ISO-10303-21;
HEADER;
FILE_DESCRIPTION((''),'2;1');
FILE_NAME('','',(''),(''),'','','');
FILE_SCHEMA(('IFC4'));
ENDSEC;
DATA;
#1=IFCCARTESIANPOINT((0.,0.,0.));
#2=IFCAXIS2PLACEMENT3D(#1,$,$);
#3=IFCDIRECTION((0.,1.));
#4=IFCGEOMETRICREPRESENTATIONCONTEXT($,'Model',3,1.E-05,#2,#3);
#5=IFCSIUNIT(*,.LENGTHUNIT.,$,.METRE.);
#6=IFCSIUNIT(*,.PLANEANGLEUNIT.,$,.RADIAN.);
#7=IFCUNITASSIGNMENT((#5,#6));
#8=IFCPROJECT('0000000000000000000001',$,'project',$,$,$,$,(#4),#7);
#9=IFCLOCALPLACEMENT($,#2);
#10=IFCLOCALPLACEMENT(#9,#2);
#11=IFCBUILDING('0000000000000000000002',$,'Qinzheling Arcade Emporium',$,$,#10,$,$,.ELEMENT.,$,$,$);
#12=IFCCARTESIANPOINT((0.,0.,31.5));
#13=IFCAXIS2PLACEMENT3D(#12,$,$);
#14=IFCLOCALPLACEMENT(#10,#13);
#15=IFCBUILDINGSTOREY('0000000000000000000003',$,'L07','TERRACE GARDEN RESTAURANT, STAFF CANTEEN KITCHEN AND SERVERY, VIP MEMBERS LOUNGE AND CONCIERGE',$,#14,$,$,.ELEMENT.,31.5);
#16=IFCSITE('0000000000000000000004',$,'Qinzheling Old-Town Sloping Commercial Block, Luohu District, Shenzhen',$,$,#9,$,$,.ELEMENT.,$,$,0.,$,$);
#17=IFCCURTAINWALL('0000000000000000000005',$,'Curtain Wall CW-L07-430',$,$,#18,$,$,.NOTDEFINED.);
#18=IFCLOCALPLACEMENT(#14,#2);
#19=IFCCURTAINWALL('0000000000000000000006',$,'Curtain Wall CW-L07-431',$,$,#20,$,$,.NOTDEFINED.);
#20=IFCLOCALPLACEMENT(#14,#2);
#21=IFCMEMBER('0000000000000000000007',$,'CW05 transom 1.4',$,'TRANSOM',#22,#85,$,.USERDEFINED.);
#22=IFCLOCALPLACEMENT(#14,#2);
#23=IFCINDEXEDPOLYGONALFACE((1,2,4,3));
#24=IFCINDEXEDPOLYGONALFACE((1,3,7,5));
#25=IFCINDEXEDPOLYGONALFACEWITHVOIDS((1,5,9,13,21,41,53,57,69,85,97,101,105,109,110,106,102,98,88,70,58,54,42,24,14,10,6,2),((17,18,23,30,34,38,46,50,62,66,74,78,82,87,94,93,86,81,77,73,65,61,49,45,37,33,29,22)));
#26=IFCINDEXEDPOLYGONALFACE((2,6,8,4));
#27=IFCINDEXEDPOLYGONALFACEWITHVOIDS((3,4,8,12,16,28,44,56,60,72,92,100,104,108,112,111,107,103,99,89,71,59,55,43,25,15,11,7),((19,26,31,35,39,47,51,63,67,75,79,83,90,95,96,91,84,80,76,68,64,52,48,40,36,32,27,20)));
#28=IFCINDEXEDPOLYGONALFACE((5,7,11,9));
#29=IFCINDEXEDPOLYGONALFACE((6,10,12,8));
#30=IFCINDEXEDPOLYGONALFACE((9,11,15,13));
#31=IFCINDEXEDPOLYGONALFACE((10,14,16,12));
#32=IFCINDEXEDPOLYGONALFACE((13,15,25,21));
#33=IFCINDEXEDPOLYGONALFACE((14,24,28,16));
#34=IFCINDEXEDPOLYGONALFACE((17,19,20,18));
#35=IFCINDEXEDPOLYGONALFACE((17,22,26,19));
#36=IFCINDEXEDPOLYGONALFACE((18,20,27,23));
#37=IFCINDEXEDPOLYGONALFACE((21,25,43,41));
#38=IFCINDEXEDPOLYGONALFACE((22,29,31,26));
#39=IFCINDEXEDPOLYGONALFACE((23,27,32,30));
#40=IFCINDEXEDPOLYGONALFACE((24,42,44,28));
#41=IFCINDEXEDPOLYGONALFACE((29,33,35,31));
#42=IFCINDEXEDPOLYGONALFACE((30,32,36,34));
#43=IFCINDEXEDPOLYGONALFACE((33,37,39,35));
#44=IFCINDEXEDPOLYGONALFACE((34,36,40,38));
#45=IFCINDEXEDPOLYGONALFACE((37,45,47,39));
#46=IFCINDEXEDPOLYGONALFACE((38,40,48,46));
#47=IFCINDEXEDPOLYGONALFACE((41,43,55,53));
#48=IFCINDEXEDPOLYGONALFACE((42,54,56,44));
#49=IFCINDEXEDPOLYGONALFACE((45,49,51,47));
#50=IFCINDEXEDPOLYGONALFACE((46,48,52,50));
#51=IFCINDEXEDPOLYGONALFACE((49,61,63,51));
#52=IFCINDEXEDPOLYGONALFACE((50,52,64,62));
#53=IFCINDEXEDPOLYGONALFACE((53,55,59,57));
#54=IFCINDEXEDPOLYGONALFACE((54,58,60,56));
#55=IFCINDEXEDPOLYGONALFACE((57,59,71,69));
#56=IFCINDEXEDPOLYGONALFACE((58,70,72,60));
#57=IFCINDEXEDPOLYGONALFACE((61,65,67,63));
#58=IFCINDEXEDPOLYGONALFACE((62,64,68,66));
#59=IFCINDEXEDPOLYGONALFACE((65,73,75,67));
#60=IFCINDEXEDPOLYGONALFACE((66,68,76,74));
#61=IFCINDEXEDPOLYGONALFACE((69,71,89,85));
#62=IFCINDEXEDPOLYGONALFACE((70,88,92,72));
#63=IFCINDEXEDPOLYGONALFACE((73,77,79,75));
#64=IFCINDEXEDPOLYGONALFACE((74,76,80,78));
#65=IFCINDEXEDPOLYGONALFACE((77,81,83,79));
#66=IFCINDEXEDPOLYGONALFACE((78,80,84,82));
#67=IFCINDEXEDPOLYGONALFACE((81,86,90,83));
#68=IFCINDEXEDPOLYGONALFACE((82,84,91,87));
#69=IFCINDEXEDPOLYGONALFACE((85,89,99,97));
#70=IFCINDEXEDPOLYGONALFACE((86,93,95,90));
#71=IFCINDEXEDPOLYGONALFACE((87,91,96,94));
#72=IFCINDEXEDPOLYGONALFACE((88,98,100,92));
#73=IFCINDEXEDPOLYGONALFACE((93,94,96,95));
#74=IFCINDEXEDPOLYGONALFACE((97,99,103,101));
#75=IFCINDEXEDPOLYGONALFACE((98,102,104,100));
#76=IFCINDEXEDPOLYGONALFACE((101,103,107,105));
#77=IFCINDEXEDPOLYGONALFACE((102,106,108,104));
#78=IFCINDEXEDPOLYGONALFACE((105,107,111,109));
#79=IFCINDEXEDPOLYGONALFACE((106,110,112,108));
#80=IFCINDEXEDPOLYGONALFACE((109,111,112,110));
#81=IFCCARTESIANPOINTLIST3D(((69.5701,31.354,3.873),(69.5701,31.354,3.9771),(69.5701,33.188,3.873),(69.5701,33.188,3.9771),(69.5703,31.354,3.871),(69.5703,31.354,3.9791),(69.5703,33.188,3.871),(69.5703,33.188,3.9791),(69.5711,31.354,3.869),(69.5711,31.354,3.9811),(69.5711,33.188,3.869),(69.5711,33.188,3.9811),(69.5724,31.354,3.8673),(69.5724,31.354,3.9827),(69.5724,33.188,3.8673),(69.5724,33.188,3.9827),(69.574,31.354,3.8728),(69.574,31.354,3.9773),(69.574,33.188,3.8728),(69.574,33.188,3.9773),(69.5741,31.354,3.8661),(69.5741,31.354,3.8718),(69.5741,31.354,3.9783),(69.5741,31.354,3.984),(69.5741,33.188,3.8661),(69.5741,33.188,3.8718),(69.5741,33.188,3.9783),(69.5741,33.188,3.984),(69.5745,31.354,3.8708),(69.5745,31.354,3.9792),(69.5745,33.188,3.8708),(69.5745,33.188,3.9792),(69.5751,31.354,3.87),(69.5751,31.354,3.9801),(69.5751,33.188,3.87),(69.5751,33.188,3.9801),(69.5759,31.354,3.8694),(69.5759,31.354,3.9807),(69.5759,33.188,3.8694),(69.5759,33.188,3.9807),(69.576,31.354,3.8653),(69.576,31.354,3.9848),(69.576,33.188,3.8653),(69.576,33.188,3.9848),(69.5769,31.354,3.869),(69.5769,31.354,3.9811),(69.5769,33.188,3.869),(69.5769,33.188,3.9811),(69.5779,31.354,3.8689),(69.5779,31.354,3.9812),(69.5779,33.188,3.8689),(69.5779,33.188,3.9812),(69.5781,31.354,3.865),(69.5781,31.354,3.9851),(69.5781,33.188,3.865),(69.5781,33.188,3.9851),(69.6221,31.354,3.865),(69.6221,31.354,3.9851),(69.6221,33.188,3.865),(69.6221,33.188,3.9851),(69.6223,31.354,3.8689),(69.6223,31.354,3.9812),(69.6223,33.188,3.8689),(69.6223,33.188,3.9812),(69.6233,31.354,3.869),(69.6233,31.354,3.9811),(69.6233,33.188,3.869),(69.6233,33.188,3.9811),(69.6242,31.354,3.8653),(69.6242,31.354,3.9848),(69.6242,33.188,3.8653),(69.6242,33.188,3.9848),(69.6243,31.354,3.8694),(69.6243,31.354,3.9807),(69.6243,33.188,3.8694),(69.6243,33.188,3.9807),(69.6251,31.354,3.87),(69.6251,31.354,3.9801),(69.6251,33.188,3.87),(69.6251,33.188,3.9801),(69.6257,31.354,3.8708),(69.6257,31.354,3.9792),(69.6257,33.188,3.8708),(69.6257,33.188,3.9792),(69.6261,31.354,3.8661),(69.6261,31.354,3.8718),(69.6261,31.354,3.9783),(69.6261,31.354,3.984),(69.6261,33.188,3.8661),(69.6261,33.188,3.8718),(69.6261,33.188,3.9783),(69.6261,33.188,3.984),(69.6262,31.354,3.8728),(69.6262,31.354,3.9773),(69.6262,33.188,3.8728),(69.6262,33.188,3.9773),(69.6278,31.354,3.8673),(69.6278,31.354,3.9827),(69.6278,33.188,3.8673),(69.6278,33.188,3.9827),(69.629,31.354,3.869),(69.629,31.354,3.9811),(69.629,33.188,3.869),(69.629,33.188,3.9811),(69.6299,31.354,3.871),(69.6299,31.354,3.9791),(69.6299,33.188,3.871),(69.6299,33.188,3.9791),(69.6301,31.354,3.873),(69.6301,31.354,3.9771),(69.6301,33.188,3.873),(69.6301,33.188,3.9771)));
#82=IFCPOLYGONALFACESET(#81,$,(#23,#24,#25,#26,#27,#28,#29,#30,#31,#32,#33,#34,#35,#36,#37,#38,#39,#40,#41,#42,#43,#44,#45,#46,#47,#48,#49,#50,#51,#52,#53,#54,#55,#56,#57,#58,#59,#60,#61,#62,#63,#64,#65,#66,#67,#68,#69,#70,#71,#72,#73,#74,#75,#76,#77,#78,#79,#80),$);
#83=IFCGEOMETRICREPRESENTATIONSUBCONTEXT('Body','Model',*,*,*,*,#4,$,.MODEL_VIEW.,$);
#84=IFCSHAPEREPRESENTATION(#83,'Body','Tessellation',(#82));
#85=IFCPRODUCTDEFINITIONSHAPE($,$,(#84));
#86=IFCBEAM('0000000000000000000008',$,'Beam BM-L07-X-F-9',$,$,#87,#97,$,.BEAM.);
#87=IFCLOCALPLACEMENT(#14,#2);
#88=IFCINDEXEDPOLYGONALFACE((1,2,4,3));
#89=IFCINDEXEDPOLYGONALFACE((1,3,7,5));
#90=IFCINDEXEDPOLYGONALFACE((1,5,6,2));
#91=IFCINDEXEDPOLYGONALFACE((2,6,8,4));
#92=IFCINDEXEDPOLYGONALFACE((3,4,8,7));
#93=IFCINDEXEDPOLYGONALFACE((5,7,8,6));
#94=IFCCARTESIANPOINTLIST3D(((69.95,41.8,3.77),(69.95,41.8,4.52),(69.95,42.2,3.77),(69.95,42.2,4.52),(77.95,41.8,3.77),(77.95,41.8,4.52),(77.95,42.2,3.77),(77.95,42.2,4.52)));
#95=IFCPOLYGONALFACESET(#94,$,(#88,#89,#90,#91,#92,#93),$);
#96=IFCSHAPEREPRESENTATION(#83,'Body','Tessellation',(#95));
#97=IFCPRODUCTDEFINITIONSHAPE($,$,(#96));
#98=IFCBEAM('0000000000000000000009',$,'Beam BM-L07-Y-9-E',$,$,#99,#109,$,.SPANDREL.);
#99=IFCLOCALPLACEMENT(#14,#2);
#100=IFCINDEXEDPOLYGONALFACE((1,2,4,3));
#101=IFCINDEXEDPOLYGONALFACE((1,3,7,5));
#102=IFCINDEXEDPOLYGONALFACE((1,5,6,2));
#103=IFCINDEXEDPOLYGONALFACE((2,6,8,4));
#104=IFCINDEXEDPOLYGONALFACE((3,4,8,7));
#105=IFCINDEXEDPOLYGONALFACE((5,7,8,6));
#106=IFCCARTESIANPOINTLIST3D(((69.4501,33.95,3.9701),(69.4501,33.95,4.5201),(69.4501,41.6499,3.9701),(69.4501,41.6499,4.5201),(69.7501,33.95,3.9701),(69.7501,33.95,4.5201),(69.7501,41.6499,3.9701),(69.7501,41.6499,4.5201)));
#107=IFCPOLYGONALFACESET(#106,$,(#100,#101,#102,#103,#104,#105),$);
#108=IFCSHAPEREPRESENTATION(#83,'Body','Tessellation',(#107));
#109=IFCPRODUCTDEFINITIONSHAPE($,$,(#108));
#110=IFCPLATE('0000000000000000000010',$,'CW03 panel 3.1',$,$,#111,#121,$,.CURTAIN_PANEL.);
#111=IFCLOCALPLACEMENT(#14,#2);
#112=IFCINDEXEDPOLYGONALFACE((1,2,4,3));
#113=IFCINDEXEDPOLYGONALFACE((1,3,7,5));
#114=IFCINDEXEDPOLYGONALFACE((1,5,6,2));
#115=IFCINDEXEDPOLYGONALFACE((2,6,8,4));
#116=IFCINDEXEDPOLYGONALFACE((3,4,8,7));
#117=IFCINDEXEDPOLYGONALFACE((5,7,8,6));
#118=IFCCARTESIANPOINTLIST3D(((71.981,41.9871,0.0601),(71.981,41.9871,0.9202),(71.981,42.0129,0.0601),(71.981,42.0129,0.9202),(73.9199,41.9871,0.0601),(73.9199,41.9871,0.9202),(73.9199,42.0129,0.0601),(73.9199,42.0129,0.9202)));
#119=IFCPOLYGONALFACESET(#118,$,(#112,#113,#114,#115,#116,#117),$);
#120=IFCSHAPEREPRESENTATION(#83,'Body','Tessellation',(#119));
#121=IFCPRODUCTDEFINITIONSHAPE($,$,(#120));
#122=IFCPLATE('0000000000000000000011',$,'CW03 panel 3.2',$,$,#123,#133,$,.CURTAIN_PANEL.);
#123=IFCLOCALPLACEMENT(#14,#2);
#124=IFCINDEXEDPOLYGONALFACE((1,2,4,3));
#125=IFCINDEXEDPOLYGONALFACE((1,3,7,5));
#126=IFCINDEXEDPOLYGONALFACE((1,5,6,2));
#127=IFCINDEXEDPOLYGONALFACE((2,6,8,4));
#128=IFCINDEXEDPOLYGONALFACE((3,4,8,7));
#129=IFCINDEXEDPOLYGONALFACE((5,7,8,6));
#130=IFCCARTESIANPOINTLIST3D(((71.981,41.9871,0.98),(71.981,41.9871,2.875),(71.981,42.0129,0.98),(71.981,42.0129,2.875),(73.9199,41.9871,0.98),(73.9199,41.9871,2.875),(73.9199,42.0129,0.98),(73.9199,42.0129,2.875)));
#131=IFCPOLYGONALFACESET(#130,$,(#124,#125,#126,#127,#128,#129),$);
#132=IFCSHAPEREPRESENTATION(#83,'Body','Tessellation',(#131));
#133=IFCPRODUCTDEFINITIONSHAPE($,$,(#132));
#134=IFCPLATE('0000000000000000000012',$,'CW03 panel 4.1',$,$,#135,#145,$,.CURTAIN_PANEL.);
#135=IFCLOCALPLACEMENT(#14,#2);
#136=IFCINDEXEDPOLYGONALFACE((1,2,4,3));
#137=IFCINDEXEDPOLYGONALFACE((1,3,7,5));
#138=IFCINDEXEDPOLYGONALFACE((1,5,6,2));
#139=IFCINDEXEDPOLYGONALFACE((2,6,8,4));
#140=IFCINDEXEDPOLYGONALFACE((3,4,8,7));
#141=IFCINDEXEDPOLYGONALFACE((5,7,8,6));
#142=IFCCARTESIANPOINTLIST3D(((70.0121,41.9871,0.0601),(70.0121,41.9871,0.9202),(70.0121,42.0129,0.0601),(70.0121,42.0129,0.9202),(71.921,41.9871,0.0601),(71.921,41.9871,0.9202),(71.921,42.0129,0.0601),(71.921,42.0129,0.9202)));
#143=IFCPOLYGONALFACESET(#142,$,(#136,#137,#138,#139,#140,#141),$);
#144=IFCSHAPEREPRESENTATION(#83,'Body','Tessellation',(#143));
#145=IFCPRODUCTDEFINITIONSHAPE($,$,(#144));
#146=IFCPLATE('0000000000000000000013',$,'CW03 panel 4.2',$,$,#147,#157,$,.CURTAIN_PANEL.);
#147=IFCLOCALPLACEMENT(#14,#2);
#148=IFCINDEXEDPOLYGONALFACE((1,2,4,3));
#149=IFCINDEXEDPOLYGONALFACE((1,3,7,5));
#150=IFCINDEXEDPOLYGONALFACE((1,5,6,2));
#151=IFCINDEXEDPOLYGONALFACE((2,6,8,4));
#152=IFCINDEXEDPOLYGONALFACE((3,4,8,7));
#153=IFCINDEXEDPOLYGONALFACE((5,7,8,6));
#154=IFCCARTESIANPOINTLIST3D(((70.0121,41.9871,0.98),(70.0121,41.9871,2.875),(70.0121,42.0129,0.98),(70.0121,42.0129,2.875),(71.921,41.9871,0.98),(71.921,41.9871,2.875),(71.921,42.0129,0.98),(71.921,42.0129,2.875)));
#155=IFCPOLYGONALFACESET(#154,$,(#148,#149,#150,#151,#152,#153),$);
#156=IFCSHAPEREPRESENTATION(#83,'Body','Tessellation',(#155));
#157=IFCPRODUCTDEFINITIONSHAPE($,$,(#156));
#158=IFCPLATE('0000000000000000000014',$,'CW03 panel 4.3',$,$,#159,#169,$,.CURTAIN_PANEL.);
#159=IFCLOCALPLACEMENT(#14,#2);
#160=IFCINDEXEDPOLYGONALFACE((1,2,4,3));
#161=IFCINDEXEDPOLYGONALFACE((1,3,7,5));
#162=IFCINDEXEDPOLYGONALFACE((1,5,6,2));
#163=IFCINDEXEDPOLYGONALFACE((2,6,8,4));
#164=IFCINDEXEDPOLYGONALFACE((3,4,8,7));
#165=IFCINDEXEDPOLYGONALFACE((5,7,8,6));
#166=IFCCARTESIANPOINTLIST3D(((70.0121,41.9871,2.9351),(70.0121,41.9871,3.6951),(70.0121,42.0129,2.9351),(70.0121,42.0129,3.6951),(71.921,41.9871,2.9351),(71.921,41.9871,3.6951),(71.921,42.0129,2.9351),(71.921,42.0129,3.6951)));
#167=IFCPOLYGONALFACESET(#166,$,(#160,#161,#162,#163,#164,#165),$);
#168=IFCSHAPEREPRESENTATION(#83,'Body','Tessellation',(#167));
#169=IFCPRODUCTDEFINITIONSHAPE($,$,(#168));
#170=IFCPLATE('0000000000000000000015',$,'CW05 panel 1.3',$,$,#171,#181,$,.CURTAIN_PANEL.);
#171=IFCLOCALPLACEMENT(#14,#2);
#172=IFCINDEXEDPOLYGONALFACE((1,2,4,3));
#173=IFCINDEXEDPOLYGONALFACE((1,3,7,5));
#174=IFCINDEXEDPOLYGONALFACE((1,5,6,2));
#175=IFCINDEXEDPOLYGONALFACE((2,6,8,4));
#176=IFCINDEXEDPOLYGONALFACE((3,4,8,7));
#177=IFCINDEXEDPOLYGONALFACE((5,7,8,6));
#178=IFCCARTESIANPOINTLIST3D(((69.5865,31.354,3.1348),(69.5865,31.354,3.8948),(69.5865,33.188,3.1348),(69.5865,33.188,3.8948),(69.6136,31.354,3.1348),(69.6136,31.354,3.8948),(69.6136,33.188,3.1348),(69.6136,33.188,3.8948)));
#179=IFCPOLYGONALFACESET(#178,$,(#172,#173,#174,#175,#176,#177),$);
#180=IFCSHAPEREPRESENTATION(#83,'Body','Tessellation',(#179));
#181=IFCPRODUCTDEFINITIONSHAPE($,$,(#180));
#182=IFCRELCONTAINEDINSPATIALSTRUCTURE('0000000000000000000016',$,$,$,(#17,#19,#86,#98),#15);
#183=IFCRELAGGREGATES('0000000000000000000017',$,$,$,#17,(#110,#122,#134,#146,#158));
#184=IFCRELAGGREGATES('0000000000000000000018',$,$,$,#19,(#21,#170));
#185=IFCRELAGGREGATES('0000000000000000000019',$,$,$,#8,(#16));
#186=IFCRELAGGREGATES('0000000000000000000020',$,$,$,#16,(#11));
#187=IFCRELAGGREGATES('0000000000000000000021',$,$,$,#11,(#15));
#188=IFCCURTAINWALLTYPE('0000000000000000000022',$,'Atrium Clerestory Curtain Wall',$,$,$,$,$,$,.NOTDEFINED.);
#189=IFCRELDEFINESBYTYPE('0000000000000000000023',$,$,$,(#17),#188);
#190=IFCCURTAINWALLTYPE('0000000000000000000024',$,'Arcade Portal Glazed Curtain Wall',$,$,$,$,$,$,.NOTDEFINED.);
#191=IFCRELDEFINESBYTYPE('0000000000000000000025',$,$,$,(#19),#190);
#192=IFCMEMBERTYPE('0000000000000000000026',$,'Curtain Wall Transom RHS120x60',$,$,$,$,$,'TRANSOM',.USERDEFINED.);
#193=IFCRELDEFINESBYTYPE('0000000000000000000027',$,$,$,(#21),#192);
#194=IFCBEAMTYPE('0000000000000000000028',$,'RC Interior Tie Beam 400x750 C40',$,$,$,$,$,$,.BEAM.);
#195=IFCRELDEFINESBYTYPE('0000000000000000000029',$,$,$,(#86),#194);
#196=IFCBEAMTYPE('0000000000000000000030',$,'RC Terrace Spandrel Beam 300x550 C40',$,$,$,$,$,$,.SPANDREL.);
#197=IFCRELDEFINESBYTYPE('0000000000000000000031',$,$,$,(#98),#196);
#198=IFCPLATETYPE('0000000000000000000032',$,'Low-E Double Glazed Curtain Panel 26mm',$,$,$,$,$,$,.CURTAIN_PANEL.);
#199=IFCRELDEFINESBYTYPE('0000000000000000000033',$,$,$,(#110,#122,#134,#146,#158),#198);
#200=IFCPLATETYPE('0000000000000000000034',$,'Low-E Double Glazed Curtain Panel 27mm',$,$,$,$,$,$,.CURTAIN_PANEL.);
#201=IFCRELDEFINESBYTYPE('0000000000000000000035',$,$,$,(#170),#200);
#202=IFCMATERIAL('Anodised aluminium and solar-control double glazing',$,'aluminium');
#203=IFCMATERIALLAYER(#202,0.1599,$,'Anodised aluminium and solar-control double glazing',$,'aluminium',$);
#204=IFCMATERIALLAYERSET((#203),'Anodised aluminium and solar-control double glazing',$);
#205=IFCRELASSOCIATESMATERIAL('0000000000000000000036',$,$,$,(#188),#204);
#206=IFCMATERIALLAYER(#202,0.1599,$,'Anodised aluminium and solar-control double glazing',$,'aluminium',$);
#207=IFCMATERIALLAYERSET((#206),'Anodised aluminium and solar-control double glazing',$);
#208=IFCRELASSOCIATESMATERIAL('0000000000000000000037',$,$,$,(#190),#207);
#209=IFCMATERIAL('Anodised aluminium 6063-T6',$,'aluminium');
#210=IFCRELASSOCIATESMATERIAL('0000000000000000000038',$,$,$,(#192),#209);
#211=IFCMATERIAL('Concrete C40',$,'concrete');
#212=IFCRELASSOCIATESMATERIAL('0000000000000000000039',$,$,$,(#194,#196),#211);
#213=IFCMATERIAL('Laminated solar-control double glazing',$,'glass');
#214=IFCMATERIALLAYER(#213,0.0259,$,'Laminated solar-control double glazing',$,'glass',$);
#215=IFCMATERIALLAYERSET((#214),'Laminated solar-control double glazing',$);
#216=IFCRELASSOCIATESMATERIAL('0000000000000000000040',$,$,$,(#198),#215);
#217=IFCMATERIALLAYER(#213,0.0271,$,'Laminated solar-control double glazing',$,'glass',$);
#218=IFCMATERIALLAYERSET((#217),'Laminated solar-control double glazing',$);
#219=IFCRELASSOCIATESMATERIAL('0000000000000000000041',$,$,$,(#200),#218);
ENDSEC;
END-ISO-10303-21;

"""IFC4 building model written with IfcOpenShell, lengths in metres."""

from ifc_helpers import new_model, si_unit, direction, frame, origin, origin_2d, place, context, subcontext, project, spatial, rectangle, hollow_rectangle, extrude, material, layer, layer_set, material_profile, profile_set, type_object, element, aggregate, save


model = new_model("IFC4")

# Units and contexts
model_context = context("Model", 3, precision=1e-05, world=origin(), true_north=direction((0.0, 1.0)))
body_context = subcontext(model_context, "Body", "Model", "MODEL_VIEW")
ifc_project = project(units=[si_unit("LENGTHUNIT", "METRE"), si_unit("PLANEANGLEUNIT", "RADIAN")], contexts=[model_context])

# Site, building, storey
site_placement = place(None, origin())
site = spatial("IfcSite", under=ifc_project, at=site_placement, Name="Qinzheling Old-Town Sloping Commercial Block, Luohu District, Shenzhen", CompositionType="ELEMENT", RefElevation=0.0)
building_placement = place(site_placement, origin())
building = spatial("IfcBuilding", under=site, at=building_placement, Name="Qinzheling Arcade Emporium", CompositionType="ELEMENT")
storey_placement = place(building_placement, frame((0.0, 0.0, 31.5)))
storey = spatial("IfcBuildingStorey", under=building, at=storey_placement, Name="L07", Description="TERRACE GARDEN RESTAURANT, STAFF CANTEEN KITCHEN AND SERVERY, VIP MEMBERS LOUNGE AND CONCIERGE", CompositionType="ELEMENT", Elevation=31.5)

# Shared definitions
ifc_material_1 = material(Name="Concrete C40", Category="concrete")

# Curtain wall
ifc_material_2 = material(Name="Anodised aluminium and solar-control double glazing", Category="aluminium")
ifc_layer_1 = layer(ifc_material_2, 0.1599, Name="Anodised aluminium and solar-control double glazing", Category="aluminium")
ifc_layer_set_1 = layer_set([ifc_layer_1], Name="Anodised aluminium and solar-control double glazing")
curtain_wall_type_1 = type_object("IfcCurtainWallType", Name="Atrium Clerestory Curtain Wall", PredefinedType="NOTDEFINED", material=ifc_layer_set_1)
curtain_wall_1_placement = place(storey_placement, origin())
curtain_wall_1 = element("IfcCurtainWall", 1, at=curtain_wall_1_placement, inside=storey, type_object=curtain_wall_type_1, Name="Curtain Wall CW-L07-430", PredefinedType="NOTDEFINED")
ifc_material_3 = material(Name="Anodised aluminium 6063-T6", Category="aluminium")

# Curtain wall
ifc_layer_2 = layer(ifc_material_2, 0.1599, Name="Anodised aluminium and solar-control double glazing", Category="aluminium")
ifc_layer_set_2 = layer_set([ifc_layer_2], Name="Anodised aluminium and solar-control double glazing")
curtain_wall_type_2 = type_object("IfcCurtainWallType", Name="Arcade Portal Glazed Curtain Wall", PredefinedType="NOTDEFINED", material=ifc_layer_set_2)
curtain_wall_2_placement = place(storey_placement, origin())
curtain_wall_2 = element("IfcCurtainWall", 2, at=curtain_wall_2_placement, inside=storey, type_object=curtain_wall_type_2, Name="Curtain Wall CW-L07-431", PredefinedType="NOTDEFINED")

# Member
ifc_material_profile_1 = material_profile(ifc_material_3, hollow_rectangle(XDim=0.0601, YDim=0.1201, WallThickness=0.0039, InnerFilletRadius=0.0039, OuterFilletRadius=0.0081, at=origin_2d()), Name="RHS 120x60x4", Category="aluminium")
ifc_profile_set_1 = profile_set([ifc_material_profile_1], Name="Anodised aluminium 6063-T6")
member_type_1 = type_object("IfcMemberType", Name="Curtain Wall Transom RHS120x60", ElementType="TRANSOM", PredefinedType="USERDEFINED", material=ifc_profile_set_1)
member_1_placement = place(storey_placement, frame((69.6001, 33.188, 3.925), z_axis=(0.0, -1.0, 0.0), x_axis=(1.0, 0.0, 0.0)))
member_1 = element("IfcMember", 3, at=member_1_placement, type_object=member_type_1, Name="CW05 transom 1.4", ObjectType="TRANSOM", PredefinedType="USERDEFINED", context=body_context, shape_type="SweptSolid", body=[
    extrude(hollow_rectangle(XDim=0.0601, YDim=0.1201, WallThickness=0.0039, InnerFilletRadius=0.0039, OuterFilletRadius=0.0081, at=origin_2d()), origin(), (0.0, 0.0, 1.0), 1.834),
])

# Beams
ifc_material_profile_2 = material_profile(ifc_material_1, rectangle(XDim=0.3999, YDim=0.75, at=origin_2d()), Name="RC 400x750", Category="concrete")
ifc_profile_set_2 = profile_set([ifc_material_profile_2], Name="Concrete C40")
beam_type_1 = type_object("IfcBeamType", Name="RC Interior Tie Beam 400x750 C40", PredefinedType="BEAM", material=ifc_profile_set_2)
beam_1_placement = place(storey_placement, frame((69.95, 42.0, 4.145), z_axis=(1.0, 0.0, 0.0), x_axis=(0.0, 1.0, 0.0)))
element("IfcBeam", 4, at=beam_1_placement, inside=storey, type_object=beam_type_1, Name="Beam BM-L07-X-F-9", PredefinedType="BEAM", context=body_context, shape_type="SweptSolid", body=[
    extrude(rectangle(XDim=0.3999, YDim=0.75, at=origin_2d()), origin(), (0.0, 0.0, 1.0), 8.0),
])
ifc_material_profile_3 = material_profile(ifc_material_1, rectangle(XDim=0.3, YDim=0.55, at=origin_2d()), Name="RC 300x550", Category="concrete")
ifc_profile_set_3 = profile_set([ifc_material_profile_3], Name="Concrete C40")
beam_type_2 = type_object("IfcBeamType", Name="RC Terrace Spandrel Beam 300x550 C40", PredefinedType="SPANDREL", material=ifc_profile_set_3)
beam_2_placement = place(storey_placement, frame((69.6001, 33.95, 4.2451), z_axis=(0.0, 1.0, 0.0), x_axis=(-1.0, 0.0, 0.0)))
element("IfcBeam", 5, at=beam_2_placement, inside=storey, type_object=beam_type_2, Name="Beam BM-L07-Y-9-E", PredefinedType="SPANDREL", context=body_context, shape_type="SweptSolid", body=[
    extrude(rectangle(XDim=0.3, YDim=0.55, at=origin_2d()), origin(), (0.0, 0.0, 1.0), 7.7),
])

# Plates
ifc_material_4 = material(Name="Laminated solar-control double glazing", Category="glass")
ifc_layer_3 = layer(ifc_material_4, 0.0259, Name="Laminated solar-control double glazing", Category="glass")
ifc_layer_set_3 = layer_set([ifc_layer_3], Name="Laminated solar-control double glazing")
plate_type_1 = type_object("IfcPlateType", Name="Low-E Double Glazed Curtain Panel 26mm", PredefinedType="CURTAIN_PANEL", material=ifc_layer_set_3)
plate_1_placement = place(storey_placement, frame((72.9504, 42.0, 0.0601), z_axis=(0.0, 0.0, 1.0), x_axis=(-1.0, 0.0, 0.0)))
plate_1 = element("IfcPlate", 6, at=plate_1_placement, type_object=plate_type_1, Name="CW03 panel 3.1", PredefinedType="CURTAIN_PANEL", context=body_context, shape_type="SweptSolid", body=[
    extrude(rectangle(XDim=1.939, YDim=0.0259, at=origin_2d()), origin(), (0.0, 0.0, 1.0), 0.8601),
])
plate_2_placement = place(storey_placement, frame((72.9504, 42.0, 0.98), z_axis=(0.0, 0.0, 1.0), x_axis=(-1.0, 0.0, 0.0)))
plate_2 = element("IfcPlate", 7, at=plate_2_placement, type_object=plate_type_1, Name="CW03 panel 3.2", PredefinedType="CURTAIN_PANEL", context=body_context, shape_type="SweptSolid", body=[
    extrude(rectangle(XDim=1.939, YDim=0.0259, at=origin_2d()), origin(), (0.0, 0.0, 1.0), 1.895),
])
plate_3_placement = place(storey_placement, frame((70.9666, 42.0, 0.0601), z_axis=(0.0, 0.0, 1.0), x_axis=(-1.0, 0.0, 0.0)))
plate_3 = element("IfcPlate", 8, at=plate_3_placement, type_object=plate_type_1, Name="CW03 panel 4.1", PredefinedType="CURTAIN_PANEL", context=body_context, shape_type="SweptSolid", body=[
    extrude(rectangle(XDim=1.9089, YDim=0.0259, at=origin_2d()), origin(), (0.0, 0.0, 1.0), 0.8601),
])
plate_4_placement = place(storey_placement, frame((70.9666, 42.0, 0.98), z_axis=(0.0, 0.0, 1.0), x_axis=(-1.0, 0.0, 0.0)))
plate_4 = element("IfcPlate", 9, at=plate_4_placement, type_object=plate_type_1, Name="CW03 panel 4.2", PredefinedType="CURTAIN_PANEL", context=body_context, shape_type="SweptSolid", body=[
    extrude(rectangle(XDim=1.9089, YDim=0.0259, at=origin_2d()), origin(), (0.0, 0.0, 1.0), 1.895),
])
plate_5_placement = place(storey_placement, frame((70.9666, 42.0, 2.9351), z_axis=(0.0, 0.0, 1.0), x_axis=(-1.0, 0.0, 0.0)))
plate_5 = element("IfcPlate", 10, at=plate_5_placement, type_object=plate_type_1, Name="CW03 panel 4.3", PredefinedType="CURTAIN_PANEL", context=body_context, shape_type="SweptSolid", body=[
    extrude(rectangle(XDim=1.9089, YDim=0.0259, at=origin_2d()), origin(), (0.0, 0.0, 1.0), 0.76),
])
aggregate(curtain_wall_1, [plate_1, plate_2, plate_3, plate_4, plate_5])
ifc_layer_4 = layer(ifc_material_4, 0.0271, Name="Laminated solar-control double glazing", Category="glass")
ifc_layer_set_4 = layer_set([ifc_layer_4], Name="Laminated solar-control double glazing")
plate_type_2 = type_object("IfcPlateType", Name="Low-E Double Glazed Curtain Panel 27mm", PredefinedType="CURTAIN_PANEL", material=ifc_layer_set_4)
plate_6_placement = place(storey_placement, frame((69.6001, 32.271, 3.1348), z_axis=(0.0, 0.0, 1.0), x_axis=(0.0, -1.0, 0.0)))
plate_6 = element("IfcPlate", 11, at=plate_6_placement, type_object=plate_type_2, Name="CW05 panel 1.3", PredefinedType="CURTAIN_PANEL", context=body_context, shape_type="SweptSolid", body=[
    extrude(rectangle(XDim=1.834, YDim=0.0271, at=origin_2d()), origin(), (0.0, 0.0, 1.0), 0.76),
])
aggregate(curtain_wall_2, [member_1, plate_6])

save(model, "model.ifc")
